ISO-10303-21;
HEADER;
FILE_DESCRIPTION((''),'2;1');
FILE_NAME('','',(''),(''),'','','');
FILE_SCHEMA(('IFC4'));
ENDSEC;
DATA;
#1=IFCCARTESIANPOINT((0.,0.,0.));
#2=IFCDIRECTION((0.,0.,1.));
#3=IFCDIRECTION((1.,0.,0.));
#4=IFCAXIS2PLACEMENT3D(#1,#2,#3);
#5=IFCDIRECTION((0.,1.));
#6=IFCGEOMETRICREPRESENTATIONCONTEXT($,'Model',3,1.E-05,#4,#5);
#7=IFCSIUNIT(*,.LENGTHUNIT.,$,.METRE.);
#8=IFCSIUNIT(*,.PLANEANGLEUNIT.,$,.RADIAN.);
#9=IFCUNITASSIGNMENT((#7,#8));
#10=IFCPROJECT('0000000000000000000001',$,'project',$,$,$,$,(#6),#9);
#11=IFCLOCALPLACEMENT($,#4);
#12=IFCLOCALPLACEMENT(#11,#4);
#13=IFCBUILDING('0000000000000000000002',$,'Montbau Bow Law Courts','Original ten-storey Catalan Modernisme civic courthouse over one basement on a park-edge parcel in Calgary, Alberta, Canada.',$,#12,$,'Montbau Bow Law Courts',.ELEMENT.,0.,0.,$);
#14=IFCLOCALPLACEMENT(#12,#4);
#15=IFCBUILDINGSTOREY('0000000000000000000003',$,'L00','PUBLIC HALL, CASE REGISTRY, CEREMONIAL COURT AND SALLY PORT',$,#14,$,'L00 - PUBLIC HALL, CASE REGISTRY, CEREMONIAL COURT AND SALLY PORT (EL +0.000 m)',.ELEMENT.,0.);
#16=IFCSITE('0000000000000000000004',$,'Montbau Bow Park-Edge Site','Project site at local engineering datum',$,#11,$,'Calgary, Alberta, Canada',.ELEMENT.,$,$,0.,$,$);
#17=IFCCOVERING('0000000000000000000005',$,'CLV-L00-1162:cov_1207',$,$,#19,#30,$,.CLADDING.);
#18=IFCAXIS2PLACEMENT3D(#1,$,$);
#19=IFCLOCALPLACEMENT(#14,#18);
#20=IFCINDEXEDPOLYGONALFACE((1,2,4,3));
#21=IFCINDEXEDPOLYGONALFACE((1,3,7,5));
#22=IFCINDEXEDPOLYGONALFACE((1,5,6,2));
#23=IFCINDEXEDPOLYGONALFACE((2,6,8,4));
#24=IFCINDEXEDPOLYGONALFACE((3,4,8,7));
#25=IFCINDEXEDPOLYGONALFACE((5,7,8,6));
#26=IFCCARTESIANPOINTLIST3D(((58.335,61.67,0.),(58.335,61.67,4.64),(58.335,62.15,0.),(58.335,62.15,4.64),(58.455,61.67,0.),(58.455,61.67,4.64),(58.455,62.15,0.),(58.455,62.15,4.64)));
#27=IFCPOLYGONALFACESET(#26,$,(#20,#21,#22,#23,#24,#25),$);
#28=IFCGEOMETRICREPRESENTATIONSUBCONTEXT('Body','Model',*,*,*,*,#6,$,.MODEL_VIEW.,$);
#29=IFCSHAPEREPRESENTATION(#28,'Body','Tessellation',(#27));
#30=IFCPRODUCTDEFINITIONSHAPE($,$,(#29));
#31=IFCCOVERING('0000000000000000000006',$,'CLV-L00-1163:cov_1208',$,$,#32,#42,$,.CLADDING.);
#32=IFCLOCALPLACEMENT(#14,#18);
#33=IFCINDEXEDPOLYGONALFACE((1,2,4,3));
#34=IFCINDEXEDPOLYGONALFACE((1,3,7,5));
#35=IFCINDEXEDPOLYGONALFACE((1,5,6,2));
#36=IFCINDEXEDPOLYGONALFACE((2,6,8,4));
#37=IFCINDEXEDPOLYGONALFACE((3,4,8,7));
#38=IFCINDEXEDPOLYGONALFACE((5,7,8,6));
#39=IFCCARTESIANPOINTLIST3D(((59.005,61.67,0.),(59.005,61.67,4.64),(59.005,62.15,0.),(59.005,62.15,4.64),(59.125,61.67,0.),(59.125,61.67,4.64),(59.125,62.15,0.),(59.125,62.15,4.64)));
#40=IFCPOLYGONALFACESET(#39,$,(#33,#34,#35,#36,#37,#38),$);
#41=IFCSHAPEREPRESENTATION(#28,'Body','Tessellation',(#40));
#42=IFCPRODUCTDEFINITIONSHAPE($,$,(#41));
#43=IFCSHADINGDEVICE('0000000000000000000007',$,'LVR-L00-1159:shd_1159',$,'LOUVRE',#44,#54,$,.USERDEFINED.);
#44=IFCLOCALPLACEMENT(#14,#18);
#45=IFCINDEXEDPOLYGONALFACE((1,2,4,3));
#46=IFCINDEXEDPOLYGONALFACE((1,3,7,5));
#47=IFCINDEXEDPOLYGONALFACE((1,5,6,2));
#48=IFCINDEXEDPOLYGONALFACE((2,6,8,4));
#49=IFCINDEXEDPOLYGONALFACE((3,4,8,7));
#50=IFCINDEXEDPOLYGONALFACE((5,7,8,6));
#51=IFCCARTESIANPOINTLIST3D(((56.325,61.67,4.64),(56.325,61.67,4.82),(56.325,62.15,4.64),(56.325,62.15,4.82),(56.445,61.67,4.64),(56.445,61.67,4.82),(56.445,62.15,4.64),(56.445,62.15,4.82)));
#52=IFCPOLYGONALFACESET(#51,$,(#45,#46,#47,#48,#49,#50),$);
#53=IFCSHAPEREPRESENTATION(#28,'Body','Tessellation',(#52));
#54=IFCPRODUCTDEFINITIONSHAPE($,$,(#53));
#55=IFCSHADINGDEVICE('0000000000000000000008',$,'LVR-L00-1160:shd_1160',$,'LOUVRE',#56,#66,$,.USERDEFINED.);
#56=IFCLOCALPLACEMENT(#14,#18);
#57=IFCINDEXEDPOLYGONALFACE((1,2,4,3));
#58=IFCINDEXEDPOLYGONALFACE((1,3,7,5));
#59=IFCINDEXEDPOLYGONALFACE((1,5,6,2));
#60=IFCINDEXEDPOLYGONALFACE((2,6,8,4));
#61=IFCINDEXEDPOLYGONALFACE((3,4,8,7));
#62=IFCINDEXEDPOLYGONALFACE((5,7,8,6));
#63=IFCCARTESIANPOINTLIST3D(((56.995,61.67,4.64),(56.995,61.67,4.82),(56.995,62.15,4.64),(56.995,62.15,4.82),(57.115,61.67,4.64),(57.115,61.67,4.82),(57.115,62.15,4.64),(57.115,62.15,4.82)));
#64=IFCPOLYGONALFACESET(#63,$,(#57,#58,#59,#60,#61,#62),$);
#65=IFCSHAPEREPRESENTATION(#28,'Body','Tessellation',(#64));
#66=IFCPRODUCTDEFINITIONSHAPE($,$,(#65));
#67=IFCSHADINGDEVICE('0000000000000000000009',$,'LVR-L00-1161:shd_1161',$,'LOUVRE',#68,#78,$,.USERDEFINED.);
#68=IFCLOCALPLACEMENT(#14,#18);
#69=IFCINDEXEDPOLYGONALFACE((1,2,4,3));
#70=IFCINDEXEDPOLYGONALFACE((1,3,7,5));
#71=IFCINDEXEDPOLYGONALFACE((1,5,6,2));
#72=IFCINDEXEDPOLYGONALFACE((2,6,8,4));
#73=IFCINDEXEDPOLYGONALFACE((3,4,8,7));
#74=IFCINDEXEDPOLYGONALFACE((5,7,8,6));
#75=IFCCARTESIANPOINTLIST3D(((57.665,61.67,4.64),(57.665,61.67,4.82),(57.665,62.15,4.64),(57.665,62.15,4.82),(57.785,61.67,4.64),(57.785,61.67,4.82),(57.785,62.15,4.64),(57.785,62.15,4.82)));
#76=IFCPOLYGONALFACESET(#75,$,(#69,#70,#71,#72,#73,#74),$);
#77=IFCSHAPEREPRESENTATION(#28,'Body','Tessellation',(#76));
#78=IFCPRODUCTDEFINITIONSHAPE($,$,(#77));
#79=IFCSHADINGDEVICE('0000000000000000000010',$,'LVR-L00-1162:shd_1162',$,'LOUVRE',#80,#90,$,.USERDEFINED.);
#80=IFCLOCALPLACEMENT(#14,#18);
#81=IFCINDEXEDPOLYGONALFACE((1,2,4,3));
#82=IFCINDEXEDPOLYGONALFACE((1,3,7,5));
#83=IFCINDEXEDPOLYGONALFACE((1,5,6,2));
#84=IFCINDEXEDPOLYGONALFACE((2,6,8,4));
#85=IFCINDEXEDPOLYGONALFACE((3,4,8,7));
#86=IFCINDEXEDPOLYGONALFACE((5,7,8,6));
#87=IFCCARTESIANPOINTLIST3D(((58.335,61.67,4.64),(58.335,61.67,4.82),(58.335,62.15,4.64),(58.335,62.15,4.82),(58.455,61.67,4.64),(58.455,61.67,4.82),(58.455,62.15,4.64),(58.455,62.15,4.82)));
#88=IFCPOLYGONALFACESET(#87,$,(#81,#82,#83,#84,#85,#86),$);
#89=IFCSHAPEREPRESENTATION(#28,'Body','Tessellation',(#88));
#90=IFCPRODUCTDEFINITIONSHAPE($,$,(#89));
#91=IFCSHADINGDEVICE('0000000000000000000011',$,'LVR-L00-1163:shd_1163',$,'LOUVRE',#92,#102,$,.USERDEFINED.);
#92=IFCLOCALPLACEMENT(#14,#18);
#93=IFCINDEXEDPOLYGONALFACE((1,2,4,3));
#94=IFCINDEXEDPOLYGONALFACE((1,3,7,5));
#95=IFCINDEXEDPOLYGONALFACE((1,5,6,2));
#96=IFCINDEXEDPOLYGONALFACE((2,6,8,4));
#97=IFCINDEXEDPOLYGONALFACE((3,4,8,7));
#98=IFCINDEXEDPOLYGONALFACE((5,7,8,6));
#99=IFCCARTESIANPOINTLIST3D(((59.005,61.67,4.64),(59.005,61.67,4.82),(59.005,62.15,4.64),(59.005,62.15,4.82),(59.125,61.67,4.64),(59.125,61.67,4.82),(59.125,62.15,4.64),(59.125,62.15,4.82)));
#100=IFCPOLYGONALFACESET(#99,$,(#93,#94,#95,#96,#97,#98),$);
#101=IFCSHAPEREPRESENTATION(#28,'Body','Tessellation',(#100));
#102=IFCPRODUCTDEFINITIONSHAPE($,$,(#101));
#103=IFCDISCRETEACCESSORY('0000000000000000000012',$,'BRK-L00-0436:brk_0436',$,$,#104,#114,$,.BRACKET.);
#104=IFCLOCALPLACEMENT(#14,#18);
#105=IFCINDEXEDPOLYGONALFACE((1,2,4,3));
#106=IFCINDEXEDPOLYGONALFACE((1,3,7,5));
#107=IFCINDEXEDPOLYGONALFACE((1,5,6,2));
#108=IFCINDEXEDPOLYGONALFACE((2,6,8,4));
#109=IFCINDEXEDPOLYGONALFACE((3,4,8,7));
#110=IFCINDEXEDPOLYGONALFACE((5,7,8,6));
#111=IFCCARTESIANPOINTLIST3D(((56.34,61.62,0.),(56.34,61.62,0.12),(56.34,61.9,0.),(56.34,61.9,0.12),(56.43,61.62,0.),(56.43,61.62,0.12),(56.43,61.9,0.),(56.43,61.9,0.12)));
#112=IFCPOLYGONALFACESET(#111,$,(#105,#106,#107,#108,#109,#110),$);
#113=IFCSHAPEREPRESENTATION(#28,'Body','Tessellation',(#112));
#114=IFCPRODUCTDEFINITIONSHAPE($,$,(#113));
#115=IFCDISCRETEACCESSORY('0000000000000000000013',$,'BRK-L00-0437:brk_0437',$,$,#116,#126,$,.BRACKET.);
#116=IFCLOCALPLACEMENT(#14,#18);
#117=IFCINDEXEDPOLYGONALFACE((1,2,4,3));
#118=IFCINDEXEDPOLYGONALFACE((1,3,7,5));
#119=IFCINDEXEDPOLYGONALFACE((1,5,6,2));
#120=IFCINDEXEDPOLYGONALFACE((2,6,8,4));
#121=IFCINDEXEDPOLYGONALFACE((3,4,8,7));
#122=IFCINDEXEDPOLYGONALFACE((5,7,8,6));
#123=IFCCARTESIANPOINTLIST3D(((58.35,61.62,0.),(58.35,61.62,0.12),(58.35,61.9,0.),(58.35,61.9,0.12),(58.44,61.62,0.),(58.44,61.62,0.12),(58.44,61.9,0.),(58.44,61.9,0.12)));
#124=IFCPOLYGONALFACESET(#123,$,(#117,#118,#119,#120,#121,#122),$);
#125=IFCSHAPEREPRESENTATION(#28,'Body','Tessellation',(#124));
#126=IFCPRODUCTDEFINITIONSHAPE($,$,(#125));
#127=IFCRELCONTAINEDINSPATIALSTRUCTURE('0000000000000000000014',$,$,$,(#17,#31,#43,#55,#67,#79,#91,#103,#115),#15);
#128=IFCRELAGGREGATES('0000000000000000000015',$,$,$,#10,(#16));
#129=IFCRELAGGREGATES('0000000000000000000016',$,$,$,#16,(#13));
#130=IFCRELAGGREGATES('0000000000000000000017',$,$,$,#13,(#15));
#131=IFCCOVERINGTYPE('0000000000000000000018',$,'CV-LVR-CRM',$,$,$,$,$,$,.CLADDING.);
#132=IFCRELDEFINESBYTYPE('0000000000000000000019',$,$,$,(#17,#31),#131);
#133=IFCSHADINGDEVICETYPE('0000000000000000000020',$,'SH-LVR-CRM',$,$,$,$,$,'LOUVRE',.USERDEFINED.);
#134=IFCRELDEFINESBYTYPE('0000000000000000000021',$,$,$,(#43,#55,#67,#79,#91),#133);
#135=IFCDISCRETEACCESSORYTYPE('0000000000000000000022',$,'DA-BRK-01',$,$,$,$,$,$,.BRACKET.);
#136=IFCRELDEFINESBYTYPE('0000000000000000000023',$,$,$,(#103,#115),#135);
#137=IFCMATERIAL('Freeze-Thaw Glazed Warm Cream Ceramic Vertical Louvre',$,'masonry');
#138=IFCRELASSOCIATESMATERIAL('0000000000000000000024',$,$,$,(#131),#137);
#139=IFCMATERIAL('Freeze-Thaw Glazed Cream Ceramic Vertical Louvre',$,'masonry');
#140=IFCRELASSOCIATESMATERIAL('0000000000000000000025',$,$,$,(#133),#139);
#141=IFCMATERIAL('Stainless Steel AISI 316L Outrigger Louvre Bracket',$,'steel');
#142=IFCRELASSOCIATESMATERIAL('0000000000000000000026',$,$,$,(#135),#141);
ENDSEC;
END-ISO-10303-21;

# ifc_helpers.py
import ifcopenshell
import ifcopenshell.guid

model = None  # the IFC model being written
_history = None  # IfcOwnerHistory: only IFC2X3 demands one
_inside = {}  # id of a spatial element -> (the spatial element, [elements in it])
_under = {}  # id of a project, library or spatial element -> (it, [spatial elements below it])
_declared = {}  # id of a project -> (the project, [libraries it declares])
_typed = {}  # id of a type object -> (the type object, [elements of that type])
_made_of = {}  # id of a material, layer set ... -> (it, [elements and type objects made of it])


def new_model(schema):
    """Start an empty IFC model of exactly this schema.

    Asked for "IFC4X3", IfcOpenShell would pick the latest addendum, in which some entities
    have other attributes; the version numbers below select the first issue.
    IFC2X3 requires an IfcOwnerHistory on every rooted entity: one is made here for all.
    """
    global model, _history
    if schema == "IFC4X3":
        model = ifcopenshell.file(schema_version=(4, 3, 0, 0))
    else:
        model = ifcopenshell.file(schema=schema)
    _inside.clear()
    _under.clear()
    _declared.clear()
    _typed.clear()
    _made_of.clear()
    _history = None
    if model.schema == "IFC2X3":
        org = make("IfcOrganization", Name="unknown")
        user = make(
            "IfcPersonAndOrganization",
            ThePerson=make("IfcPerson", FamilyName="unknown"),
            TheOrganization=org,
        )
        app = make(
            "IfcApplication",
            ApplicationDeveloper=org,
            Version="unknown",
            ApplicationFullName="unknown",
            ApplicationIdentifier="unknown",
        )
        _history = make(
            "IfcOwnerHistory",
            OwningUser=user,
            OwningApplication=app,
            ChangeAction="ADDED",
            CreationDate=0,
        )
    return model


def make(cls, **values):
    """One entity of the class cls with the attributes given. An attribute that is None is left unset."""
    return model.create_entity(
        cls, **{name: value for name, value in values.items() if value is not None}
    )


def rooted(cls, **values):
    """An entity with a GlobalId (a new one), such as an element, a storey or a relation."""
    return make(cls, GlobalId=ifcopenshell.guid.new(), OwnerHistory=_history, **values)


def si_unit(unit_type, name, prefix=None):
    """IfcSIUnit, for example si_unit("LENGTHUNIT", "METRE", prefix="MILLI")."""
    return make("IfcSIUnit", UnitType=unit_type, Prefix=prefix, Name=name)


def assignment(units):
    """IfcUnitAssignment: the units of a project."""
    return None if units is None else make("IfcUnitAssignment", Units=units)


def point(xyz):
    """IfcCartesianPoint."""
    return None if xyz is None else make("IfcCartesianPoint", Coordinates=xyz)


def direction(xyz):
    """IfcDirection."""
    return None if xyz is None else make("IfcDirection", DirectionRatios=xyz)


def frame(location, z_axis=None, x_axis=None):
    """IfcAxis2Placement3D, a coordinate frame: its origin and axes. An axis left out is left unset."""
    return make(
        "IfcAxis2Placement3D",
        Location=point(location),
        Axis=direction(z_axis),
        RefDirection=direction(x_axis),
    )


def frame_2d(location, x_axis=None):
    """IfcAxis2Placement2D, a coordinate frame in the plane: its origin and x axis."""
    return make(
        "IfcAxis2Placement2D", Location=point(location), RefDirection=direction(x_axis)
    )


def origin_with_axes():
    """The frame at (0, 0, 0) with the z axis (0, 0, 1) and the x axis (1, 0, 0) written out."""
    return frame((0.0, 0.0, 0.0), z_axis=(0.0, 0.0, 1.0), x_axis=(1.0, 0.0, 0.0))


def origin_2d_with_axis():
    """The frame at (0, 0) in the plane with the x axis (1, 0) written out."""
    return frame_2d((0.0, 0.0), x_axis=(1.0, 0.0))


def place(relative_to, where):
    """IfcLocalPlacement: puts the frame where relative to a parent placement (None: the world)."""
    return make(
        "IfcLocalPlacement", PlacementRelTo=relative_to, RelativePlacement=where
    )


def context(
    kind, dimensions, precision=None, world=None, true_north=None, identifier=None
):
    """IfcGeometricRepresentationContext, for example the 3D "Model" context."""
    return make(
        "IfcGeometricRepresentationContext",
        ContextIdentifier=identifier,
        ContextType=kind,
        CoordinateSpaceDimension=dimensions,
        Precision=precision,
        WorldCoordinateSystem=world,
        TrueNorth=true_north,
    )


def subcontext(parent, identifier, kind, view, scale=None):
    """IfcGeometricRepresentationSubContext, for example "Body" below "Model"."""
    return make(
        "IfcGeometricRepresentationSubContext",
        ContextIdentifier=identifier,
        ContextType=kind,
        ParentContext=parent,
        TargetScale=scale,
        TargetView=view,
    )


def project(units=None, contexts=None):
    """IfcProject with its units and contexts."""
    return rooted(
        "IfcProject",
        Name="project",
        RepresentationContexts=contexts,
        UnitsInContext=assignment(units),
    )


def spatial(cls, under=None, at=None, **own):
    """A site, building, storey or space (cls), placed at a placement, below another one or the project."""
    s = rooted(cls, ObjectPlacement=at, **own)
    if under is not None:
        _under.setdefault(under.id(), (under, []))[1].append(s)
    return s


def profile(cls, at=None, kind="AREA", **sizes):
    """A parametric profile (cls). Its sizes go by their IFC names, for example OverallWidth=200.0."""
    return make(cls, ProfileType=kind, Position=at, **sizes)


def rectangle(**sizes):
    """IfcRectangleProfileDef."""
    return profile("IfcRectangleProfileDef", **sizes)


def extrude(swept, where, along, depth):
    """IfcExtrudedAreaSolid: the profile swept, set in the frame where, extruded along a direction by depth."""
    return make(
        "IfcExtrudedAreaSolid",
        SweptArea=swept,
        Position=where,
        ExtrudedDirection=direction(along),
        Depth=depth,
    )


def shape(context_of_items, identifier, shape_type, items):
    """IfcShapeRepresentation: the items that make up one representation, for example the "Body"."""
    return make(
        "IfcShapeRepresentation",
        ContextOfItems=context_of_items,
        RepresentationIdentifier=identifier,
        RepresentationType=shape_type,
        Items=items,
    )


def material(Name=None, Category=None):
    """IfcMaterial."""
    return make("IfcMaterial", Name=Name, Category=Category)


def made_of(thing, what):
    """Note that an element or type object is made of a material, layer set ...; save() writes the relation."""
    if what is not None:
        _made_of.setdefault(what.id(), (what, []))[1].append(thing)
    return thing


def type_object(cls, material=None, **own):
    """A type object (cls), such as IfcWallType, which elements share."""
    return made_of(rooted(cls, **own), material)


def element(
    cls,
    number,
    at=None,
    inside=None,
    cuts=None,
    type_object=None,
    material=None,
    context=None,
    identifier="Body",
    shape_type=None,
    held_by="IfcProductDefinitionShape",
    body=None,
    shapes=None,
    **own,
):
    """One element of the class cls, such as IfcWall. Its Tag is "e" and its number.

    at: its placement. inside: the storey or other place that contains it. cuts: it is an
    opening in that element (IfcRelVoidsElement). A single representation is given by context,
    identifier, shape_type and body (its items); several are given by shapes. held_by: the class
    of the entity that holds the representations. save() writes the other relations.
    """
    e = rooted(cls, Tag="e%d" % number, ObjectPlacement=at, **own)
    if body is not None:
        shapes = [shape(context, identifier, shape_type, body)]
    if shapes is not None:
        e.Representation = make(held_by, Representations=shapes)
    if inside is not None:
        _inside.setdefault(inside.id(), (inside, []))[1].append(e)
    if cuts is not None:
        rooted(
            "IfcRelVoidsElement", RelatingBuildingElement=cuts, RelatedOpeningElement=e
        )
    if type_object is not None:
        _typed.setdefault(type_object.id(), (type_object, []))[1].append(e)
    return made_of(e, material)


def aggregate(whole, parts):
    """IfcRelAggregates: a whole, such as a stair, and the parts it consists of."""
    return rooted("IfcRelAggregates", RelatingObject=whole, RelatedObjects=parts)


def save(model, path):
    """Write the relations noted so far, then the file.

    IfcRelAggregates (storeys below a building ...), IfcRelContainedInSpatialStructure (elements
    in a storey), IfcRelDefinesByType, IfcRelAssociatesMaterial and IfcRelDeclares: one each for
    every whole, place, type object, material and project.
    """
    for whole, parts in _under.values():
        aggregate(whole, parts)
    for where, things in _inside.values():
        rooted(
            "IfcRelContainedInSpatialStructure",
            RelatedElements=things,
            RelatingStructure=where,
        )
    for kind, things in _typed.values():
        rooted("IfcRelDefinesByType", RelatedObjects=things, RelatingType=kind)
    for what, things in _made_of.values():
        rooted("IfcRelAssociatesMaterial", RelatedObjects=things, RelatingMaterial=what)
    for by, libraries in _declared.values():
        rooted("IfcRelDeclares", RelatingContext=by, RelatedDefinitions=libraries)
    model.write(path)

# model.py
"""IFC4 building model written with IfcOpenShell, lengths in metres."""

from ifc_helpers import new_model, si_unit, direction, frame, frame_2d, origin_with_axes, origin_2d_with_axis, place, context, subcontext, project, spatial, rectangle, extrude, material, type_object, element, save


model = new_model("IFC4")

# Units and contexts
model_context = context("Model", 3, precision=1e-05, world=origin_with_axes(), true_north=direction((0.0, 1.0)))
body_context = subcontext(model_context, "Body", "Model", "MODEL_VIEW")
ifc_project = project(units=[si_unit("LENGTHUNIT", "METRE"), si_unit("PLANEANGLEUNIT", "RADIAN")], contexts=[model_context])

# Site, building, storey
site_placement = place(None, origin_with_axes())
site = spatial("IfcSite", under=ifc_project, at=site_placement, Name="Montbau Bow Park-Edge Site", Description="Project site at local engineering datum", LongName="Calgary, Alberta, Canada", CompositionType="ELEMENT", RefElevation=0.0)
building_placement = place(site_placement, origin_with_axes())
building = spatial("IfcBuilding", under=site, at=building_placement, Name="Montbau Bow Law Courts", Description="Original ten-storey Catalan Modernisme civic courthouse over one basement on a park-edge parcel in Calgary, Alberta, Canada.", LongName="Montbau Bow Law Courts", CompositionType="ELEMENT", ElevationOfRefHeight=0.0, ElevationOfTerrain=0.0)
storey_placement = place(building_placement, origin_with_axes())
storey = spatial("IfcBuildingStorey", under=building, at=storey_placement, Name="L00", Description="PUBLIC HALL, CASE REGISTRY, CEREMONIAL COURT AND SALLY PORT", LongName="L00 - PUBLIC HALL, CASE REGISTRY, CEREMONIAL COURT AND SALLY PORT (EL +0.000 m)", CompositionType="ELEMENT", Elevation=0.0)

# Coverings
ifc_material_1 = material(Name="Freeze-Thaw Glazed Warm Cream Ceramic Vertical Louvre", Category="masonry")
covering_type = type_object("IfcCoveringType", Name="CV-LVR-CRM", PredefinedType="CLADDING", material=ifc_material_1)
for number, where, z_axis, x_axis, name in (
    (1, (58.395, 61.67, 0.0), (1.0, 0.0, 0.0), (0.0, 1.0, 0.0), "CLV-L00-1162:cov_1207"),
    (2, (59.065, 61.67, 0.0), (1.0, 0.0, 0.0), (0.0, 1.0, 0.0), "CLV-L00-1163:cov_1208"),
):
    element("IfcCovering", number, at=place(None, frame(where, z_axis=z_axis, x_axis=x_axis)), inside=storey, type_object=covering_type, Name=name, PredefinedType="CLADDING", context=body_context, shape_type="SweptSolid", body=[
        extrude(rectangle(XDim=0.48, YDim=4.64, at=frame_2d((0.24, 2.32), x_axis=(1.0, 0.0))), frame((0.0, 0.0, -0.06), z_axis=(0.0, 0.0, 1.0), x_axis=(1.0, 0.0, 0.0)), (0.0, 0.0, 1.0), 0.12),
    ])

# Shading devices
ifc_material_2 = material(Name="Freeze-Thaw Glazed Cream Ceramic Vertical Louvre", Category="masonry")
shading_device_type = type_object("IfcShadingDeviceType", Name="SH-LVR-CRM", ElementType="LOUVRE", PredefinedType="USERDEFINED", material=ifc_material_2)
for number, where, z_axis, x_axis, name in (
    (3, (56.385, 61.91, 4.64), (0.0, 0.0, 1.0), (0.0, 1.0, 0.0), "LVR-L00-1159:shd_1159"),
    (4, (57.055, 61.91, 4.64), (0.0, 0.0, 1.0), (0.0, 1.0, 0.0), "LVR-L00-1160:shd_1160"),
    (5, (57.725, 61.91, 4.64), (0.0, 0.0, 1.0), (0.0, 1.0, 0.0), "LVR-L00-1161:shd_1161"),
    (6, (58.395, 61.91, 4.64), (0.0, 0.0, 1.0), (0.0, 1.0, 0.0), "LVR-L00-1162:shd_1162"),
    (7, (59.065, 61.91, 4.64), (0.0, 0.0, 1.0), (0.0, 1.0, 0.0), "LVR-L00-1163:shd_1163"),
):
    element("IfcShadingDevice", number, at=place(None, frame(where, z_axis=z_axis, x_axis=x_axis)), inside=storey, type_object=shading_device_type, Name=name, ObjectType="LOUVRE", PredefinedType="USERDEFINED", context=body_context, shape_type="SweptSolid", body=[
        extrude(rectangle(XDim=0.48, YDim=0.12, at=origin_2d_with_axis()), origin_with_axes(), (0.0, 0.0, 1.0), 0.18),
    ])

# Discrete accessories
ifc_material_3 = material(Name="Stainless Steel AISI 316L Outrigger Louvre Bracket", Category="steel")
discrete_accessory_type = type_object("IfcDiscreteAccessoryType", Name="DA-BRK-01", PredefinedType="BRACKET", material=ifc_material_3)
for number, where, z_axis, x_axis, name in (
    (8, (56.385, 61.76, 0.0), (0.0, 0.0, 1.0), (0.0, 1.0, 0.0), "BRK-L00-0436:brk_0436"),
    (9, (58.395, 61.76, 0.0), (0.0, 0.0, 1.0), (0.0, 1.0, 0.0), "BRK-L00-0437:brk_0437"),
):
    element("IfcDiscreteAccessory", number, at=place(None, frame(where, z_axis=z_axis, x_axis=x_axis)), inside=storey, type_object=discrete_accessory_type, Name=name, PredefinedType="BRACKET", context=body_context, shape_type="SweptSolid", body=[
        extrude(rectangle(XDim=0.28, YDim=0.09, at=origin_2d_with_axis()), origin_with_axes(), (0.0, 0.0, 1.0), 0.12),
    ])

save(model, "model.ifc")
